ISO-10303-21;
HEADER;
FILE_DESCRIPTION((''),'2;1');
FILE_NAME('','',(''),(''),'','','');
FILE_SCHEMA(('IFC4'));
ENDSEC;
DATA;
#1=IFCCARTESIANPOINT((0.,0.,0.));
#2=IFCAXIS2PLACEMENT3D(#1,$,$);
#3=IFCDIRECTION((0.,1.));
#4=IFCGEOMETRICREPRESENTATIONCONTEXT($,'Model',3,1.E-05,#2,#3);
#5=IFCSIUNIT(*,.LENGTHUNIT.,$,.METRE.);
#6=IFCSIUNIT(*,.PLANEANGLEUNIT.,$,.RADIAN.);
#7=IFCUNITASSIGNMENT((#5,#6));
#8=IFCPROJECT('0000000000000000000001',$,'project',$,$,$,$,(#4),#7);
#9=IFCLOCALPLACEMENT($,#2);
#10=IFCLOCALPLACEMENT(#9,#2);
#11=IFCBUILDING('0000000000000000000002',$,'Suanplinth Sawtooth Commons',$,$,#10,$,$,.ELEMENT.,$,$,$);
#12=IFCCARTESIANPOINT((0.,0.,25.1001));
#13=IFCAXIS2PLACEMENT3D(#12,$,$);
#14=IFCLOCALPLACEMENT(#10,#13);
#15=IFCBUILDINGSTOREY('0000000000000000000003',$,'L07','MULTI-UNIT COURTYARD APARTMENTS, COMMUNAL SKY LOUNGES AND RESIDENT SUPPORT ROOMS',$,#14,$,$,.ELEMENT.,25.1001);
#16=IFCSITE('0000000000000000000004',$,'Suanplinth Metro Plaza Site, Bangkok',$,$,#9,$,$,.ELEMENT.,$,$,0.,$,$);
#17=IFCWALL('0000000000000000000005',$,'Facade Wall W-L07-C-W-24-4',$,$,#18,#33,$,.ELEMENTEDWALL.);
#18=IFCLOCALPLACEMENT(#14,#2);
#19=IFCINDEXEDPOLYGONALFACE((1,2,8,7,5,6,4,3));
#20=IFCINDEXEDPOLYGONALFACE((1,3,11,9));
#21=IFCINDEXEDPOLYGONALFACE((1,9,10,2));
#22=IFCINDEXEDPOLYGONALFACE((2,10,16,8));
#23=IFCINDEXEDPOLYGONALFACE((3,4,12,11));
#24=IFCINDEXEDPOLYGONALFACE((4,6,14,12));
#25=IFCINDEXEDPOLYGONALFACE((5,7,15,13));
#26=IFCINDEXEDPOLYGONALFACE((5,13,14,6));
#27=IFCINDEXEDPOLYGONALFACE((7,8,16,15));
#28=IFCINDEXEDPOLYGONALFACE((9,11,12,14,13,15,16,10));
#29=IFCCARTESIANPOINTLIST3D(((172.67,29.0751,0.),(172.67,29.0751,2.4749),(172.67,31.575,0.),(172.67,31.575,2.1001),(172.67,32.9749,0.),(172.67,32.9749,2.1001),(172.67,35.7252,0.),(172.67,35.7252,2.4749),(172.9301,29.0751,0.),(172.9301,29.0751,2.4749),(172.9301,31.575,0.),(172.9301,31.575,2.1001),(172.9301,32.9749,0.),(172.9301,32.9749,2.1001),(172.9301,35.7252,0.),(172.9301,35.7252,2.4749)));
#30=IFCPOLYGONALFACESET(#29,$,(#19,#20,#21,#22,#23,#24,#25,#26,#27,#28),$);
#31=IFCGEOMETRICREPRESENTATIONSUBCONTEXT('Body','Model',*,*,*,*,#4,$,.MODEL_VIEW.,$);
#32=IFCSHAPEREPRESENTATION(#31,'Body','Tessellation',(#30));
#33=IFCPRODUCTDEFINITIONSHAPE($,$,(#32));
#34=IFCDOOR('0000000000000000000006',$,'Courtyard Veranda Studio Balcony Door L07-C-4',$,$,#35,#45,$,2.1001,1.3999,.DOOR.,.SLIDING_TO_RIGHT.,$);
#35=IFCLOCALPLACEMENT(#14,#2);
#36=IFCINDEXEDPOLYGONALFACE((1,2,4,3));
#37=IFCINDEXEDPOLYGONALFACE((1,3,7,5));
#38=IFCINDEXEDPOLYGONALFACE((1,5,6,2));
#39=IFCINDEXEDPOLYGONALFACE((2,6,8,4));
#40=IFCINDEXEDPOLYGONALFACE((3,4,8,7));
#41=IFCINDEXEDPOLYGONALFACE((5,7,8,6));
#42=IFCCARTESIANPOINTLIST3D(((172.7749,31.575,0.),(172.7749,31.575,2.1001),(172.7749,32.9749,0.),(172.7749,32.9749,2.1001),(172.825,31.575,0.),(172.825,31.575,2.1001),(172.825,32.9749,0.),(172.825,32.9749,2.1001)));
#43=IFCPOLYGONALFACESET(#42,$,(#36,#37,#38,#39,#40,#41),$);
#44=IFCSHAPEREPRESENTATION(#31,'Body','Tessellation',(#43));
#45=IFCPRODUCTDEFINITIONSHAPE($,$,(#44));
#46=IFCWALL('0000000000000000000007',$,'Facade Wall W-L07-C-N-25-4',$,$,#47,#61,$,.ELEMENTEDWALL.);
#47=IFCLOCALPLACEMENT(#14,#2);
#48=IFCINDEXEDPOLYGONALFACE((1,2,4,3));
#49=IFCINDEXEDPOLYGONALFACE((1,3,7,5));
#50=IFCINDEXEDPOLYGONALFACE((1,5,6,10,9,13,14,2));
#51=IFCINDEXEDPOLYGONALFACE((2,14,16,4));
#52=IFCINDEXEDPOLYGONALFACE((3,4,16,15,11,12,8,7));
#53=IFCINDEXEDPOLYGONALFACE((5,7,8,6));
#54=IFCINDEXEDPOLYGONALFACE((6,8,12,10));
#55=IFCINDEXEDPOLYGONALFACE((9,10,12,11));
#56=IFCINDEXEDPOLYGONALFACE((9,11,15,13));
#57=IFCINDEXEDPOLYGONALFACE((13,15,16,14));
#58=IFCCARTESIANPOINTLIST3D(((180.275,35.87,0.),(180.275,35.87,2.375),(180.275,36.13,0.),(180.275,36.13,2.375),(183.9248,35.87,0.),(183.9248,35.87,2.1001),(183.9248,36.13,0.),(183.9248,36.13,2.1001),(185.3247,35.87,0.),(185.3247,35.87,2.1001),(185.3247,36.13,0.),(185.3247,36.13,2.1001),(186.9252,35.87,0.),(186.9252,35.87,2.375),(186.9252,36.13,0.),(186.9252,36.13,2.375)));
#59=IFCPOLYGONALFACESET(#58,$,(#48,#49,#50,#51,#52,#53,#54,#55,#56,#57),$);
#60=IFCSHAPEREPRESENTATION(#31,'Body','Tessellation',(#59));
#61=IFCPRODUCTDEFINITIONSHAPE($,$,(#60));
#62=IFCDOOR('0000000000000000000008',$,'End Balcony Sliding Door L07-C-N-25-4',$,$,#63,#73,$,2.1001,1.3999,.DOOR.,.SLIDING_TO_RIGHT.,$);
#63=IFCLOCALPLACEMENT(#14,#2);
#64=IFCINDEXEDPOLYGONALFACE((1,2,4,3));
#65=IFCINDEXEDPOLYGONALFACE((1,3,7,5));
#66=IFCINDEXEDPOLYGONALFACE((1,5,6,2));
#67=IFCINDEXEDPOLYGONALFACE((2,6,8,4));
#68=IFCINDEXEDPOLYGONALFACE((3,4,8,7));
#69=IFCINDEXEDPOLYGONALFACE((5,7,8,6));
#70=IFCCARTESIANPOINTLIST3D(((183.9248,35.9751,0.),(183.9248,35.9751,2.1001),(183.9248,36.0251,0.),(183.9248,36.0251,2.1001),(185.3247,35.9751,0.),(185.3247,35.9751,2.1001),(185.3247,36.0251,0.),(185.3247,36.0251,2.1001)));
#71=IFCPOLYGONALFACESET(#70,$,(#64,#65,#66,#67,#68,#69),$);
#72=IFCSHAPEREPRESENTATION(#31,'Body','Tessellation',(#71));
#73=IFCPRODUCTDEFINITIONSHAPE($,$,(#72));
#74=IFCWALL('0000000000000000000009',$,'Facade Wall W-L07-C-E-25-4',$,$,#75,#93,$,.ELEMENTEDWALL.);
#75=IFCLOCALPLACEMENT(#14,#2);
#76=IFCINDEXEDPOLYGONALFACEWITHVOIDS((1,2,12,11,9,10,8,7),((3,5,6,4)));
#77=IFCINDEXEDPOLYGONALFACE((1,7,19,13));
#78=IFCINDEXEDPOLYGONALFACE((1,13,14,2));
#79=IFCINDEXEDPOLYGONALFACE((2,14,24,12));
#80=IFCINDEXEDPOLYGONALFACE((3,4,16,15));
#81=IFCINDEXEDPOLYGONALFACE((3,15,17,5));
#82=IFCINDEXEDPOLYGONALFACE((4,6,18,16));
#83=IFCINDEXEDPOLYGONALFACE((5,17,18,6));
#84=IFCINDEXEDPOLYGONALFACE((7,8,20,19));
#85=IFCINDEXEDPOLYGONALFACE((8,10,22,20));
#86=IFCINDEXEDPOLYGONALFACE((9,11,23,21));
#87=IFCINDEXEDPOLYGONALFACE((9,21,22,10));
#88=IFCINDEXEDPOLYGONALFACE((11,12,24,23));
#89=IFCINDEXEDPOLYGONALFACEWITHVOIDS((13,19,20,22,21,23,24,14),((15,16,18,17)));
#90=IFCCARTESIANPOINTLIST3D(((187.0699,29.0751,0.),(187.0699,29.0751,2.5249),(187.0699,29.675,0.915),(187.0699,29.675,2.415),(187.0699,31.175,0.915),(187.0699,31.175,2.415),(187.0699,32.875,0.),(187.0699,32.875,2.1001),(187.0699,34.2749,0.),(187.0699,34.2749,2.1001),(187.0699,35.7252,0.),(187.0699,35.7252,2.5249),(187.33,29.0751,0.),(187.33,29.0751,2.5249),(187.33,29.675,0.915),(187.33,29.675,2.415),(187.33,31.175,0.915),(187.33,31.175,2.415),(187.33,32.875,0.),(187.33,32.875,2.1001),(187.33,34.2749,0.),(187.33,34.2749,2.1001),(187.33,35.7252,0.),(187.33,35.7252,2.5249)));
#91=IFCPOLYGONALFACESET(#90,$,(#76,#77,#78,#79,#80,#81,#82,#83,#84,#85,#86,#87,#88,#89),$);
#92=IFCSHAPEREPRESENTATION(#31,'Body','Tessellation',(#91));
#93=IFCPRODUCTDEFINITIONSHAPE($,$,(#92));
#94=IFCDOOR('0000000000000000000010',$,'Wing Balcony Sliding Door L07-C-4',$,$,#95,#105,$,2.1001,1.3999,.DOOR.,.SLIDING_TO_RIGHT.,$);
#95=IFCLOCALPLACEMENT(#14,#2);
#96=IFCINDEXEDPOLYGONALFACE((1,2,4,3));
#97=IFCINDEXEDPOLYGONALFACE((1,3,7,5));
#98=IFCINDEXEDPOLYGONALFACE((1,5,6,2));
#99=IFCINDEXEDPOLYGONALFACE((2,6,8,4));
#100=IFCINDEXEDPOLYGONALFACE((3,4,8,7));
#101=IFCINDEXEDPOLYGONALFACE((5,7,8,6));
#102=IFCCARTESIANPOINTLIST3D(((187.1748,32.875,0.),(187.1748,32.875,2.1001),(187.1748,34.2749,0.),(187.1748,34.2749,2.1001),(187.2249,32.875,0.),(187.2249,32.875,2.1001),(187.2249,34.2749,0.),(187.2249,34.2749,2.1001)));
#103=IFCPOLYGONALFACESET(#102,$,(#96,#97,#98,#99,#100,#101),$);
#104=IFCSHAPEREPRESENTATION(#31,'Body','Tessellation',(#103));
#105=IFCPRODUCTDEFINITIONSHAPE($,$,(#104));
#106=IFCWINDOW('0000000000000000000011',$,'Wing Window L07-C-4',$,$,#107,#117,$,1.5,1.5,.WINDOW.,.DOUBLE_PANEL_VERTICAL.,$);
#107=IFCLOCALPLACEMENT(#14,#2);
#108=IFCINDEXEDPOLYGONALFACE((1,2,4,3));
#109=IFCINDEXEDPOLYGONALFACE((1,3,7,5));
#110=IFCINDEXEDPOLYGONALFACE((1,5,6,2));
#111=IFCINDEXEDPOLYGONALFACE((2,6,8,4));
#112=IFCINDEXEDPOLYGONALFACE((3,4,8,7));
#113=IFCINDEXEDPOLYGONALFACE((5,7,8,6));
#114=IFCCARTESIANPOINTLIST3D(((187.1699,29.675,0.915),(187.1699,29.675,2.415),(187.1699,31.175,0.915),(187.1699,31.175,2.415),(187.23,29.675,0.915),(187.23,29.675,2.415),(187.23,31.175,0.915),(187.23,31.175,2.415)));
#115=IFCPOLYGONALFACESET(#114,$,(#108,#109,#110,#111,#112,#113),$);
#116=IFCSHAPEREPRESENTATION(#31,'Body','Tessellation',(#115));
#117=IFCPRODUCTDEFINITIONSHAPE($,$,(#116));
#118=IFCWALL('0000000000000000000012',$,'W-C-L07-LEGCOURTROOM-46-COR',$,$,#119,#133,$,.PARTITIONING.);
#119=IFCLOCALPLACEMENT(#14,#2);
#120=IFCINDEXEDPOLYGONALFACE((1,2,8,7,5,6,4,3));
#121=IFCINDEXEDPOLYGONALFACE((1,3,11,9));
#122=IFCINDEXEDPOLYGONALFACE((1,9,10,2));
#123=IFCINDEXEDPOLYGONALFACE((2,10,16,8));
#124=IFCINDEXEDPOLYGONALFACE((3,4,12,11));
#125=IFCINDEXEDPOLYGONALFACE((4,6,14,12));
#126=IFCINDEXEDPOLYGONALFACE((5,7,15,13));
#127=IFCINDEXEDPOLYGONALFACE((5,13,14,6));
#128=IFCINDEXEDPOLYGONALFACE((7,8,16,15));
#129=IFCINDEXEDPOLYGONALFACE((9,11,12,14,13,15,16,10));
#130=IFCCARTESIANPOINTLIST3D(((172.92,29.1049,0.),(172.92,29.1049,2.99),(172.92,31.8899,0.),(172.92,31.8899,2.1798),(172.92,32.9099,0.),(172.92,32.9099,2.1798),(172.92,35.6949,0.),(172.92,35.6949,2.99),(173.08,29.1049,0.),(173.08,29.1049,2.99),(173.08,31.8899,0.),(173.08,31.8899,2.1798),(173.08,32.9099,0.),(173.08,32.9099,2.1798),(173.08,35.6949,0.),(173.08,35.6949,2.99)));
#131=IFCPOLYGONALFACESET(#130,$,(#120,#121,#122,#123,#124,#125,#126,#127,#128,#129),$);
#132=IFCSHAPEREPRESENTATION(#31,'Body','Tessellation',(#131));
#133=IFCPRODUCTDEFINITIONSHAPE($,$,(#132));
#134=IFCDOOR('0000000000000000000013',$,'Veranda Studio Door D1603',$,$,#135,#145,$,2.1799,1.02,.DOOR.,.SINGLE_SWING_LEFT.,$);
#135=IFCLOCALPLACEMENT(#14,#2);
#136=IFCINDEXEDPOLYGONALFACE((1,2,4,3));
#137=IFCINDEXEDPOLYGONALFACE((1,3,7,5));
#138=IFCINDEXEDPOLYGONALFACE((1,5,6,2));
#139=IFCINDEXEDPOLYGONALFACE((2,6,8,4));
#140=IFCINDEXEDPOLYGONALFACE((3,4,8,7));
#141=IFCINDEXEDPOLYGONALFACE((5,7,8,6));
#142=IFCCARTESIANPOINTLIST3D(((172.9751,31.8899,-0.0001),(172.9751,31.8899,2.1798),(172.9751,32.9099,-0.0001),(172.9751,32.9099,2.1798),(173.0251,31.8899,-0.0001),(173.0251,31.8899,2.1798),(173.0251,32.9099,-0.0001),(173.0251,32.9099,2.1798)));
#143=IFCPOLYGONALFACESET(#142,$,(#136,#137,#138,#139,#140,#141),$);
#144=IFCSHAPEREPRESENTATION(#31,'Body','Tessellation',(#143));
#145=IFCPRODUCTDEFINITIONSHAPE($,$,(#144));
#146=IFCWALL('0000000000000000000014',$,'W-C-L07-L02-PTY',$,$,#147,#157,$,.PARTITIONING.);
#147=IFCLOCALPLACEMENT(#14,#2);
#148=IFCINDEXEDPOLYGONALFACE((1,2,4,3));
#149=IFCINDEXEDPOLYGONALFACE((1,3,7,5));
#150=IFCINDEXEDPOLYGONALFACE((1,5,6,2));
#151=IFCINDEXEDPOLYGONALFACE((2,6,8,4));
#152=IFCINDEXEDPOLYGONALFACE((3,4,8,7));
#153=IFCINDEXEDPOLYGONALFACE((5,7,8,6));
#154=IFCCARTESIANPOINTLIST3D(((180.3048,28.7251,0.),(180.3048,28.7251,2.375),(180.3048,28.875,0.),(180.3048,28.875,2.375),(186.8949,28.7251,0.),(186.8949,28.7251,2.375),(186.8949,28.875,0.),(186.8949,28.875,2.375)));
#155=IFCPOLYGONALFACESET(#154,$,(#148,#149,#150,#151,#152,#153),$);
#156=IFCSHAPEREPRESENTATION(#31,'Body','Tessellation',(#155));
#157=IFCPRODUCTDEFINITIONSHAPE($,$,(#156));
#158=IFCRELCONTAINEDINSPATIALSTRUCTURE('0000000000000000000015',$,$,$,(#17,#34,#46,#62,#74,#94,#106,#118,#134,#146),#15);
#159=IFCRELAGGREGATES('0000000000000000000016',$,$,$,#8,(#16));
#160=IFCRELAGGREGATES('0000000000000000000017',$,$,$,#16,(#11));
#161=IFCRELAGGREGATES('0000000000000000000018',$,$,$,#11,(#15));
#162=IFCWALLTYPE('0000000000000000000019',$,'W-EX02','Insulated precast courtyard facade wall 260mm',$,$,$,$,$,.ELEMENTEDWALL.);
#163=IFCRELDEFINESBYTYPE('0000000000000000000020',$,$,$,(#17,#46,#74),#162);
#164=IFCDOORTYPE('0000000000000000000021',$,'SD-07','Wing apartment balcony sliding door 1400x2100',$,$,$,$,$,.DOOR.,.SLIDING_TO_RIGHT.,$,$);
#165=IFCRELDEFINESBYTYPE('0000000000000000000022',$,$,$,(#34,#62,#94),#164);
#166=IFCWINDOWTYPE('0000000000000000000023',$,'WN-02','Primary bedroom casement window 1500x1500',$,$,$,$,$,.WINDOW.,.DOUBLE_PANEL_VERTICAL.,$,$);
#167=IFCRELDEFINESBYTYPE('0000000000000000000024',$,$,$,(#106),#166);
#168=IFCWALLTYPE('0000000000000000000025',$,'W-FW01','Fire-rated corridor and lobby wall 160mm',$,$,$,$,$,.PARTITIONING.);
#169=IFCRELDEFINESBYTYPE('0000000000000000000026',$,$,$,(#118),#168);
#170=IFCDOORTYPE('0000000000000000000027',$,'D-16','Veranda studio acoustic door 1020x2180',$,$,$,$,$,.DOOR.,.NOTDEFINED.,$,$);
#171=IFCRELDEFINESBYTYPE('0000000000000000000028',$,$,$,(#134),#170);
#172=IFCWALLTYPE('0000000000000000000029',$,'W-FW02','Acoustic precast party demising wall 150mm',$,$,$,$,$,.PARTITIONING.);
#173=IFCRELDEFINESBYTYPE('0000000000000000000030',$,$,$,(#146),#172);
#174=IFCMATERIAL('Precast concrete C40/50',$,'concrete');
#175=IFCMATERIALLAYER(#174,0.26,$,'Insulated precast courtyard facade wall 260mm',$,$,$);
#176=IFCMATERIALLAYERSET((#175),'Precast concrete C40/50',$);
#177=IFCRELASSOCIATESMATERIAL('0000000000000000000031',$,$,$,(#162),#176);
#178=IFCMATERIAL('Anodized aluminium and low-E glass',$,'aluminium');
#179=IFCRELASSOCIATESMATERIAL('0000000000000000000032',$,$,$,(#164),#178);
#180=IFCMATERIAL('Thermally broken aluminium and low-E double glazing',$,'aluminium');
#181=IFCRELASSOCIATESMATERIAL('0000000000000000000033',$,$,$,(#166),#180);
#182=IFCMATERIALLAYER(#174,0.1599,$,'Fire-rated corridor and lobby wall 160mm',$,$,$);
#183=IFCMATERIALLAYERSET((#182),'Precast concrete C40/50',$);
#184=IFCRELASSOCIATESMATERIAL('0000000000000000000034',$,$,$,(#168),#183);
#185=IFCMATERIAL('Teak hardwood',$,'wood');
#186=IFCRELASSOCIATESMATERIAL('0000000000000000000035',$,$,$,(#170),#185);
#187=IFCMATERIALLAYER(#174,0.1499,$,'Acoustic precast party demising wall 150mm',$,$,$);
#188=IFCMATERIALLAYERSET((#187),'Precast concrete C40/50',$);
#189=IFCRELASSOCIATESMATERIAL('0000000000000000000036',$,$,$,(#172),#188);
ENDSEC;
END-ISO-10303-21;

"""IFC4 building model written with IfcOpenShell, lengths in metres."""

from ifc_helpers import new_model, si_unit, direction, frame, frame_2d, origin, place, context, subcontext, project, spatial, rectangle, extrude, material, layer, layer_set, type_object, element, fill, save


model = new_model("IFC4")

# Units and contexts
model_context = context("Model", 3, precision=1e-05, world=origin(), true_north=direction((0.0, 1.0)))
body_context = subcontext(model_context, "Body", "Model", "MODEL_VIEW")
ifc_project = project(units=[si_unit("LENGTHUNIT", "METRE"), si_unit("PLANEANGLEUNIT", "RADIAN")], contexts=[model_context])

# Site, building, storey
site_placement = place(None, origin())
site = spatial("IfcSite", under=ifc_project, at=site_placement, Name="Suanplinth Metro Plaza Site, Bangkok", CompositionType="ELEMENT", RefElevation=0.0)
building_placement = place(site_placement, origin())
building = spatial("IfcBuilding", under=site, at=building_placement, Name="Suanplinth Sawtooth Commons", CompositionType="ELEMENT")
storey_placement = place(building_placement, frame((0.0, 0.0, 25.1001)))
storey = spatial("IfcBuildingStorey", under=building, at=storey_placement, Name="L07", Description="MULTI-UNIT COURTYARD APARTMENTS, COMMUNAL SKY LOUNGES AND RESIDENT SUPPORT ROOMS", CompositionType="ELEMENT", Elevation=25.1001)

# Shared definitions
ifc_material_1 = material(Name="Precast concrete C40/50", Category="concrete")

# Shared definitions
ifc_layer_1 = layer(ifc_material_1, 0.26, Name="Insulated precast courtyard facade wall 260mm")
ifc_layer_set_1 = layer_set([ifc_layer_1], Name="Precast concrete C40/50")
wall_type_1 = type_object("IfcWallType", Name="W-EX02", Description="Insulated precast courtyard facade wall 260mm", PredefinedType="ELEMENTEDWALL", material=ifc_layer_set_1)
ifc_material_2 = material(Name="Thermally broken aluminium and low-E double glazing", Category="aluminium")

# Walls, openings, doors
wall_1_placement = place(storey_placement, frame((172.8, 29.075, 0.0), z_axis=(0.0, 0.0, 1.0), x_axis=(0.0, 1.0, 0.0)))
wall_1 = element("IfcWall", 1, at=wall_1_placement, inside=storey, type_object=wall_type_1, Name="Facade Wall W-L07-C-W-24-4", PredefinedType="ELEMENTEDWALL", context=body_context, shape_type="SweptSolid", body=[
    extrude(rectangle(XDim=6.6501, YDim=0.26, at=frame_2d((3.3252, 0.0))), origin(), (0.0, 0.0, 1.0), 2.4749),
])
opening_1_placement = place(wall_1_placement, frame((2.5, 0.0, 0.0)))
opening_1 = element("IfcOpeningElement", 2, at=opening_1_placement, cuts=wall_1, PredefinedType="OPENING", context=body_context, shape_type="SweptSolid", body=[
    extrude(rectangle(XDim=1.3999, YDim=2.1001, at=frame_2d((0.7, 1.05))), frame((0.0, 0.145, 0.0), z_axis=(0.0, -1.0, 0.0), x_axis=(1.0, 0.0, 0.0)), (0.0, 0.0, 1.0), 0.2898),
])
ifc_material_3 = material(Name="Anodized aluminium and low-E glass", Category="aluminium")
door_type_1 = type_object("IfcDoorType", Name="SD-07", Description="Wing apartment balcony sliding door 1400x2100", OperationType="SLIDING_TO_RIGHT", PredefinedType="DOOR", material=ifc_material_3)
door_1_placement = place(opening_1_placement, frame((1.3999, 0.0, 0.0), z_axis=(0.0, 0.0, 1.0), x_axis=(-1.0, 0.0, 0.0)))
door_1 = element("IfcDoor", 3, at=door_1_placement, inside=storey, type_object=door_type_1, Name="Courtyard Veranda Studio Balcony Door L07-C-4", OperationType="SLIDING_TO_RIGHT", OverallHeight=2.1001, OverallWidth=1.3999, PredefinedType="DOOR", context=body_context, shape_type="SweptSolid", body=[
    extrude(rectangle(XDim=1.3999, YDim=2.1001, at=frame_2d((0.7, 1.05))), frame((0.0, 0.0249, 0.0), z_axis=(0.0, -1.0, 0.0), x_axis=(1.0, 0.0, 0.0)), (0.0, 0.0, 1.0), 0.05),
])
fill(opening_1, door_1)
wall_2_placement = place(storey_placement, frame((180.2749, 36.0, 0.0), z_axis=(0.0, 0.0, 1.0), x_axis=(1.0, 0.0, 0.0)))
wall_2 = element("IfcWall", 4, at=wall_2_placement, inside=storey, type_object=wall_type_1, Name="Facade Wall W-L07-C-N-25-4", PredefinedType="ELEMENTEDWALL", context=body_context, shape_type="SweptSolid", body=[
    extrude(rectangle(XDim=6.6501, YDim=0.26, at=frame_2d((3.3252, 0.0))), origin(), (0.0, 0.0, 1.0), 2.375),
])
opening_2_placement = place(wall_2_placement, frame((3.6499, 0.0, 0.0)))
opening_2 = element("IfcOpeningElement", 5, at=opening_2_placement, cuts=wall_2, PredefinedType="OPENING", context=body_context, shape_type="SweptSolid", body=[
    extrude(rectangle(XDim=1.3999, YDim=2.1001, at=frame_2d((0.7, 1.05))), frame((0.0, 0.145, 0.0), z_axis=(0.0, -1.0, 0.0), x_axis=(1.0, 0.0, 0.0)), (0.0, 0.0, 1.0), 0.2898),
])
door_2_placement = place(opening_2_placement, frame((1.3999, 0.0, 0.0), z_axis=(0.0, 0.0, 1.0), x_axis=(-1.0, 0.0, 0.0)))
door_2 = element("IfcDoor", 6, at=door_2_placement, inside=storey, type_object=door_type_1, Name="End Balcony Sliding Door L07-C-N-25-4", OperationType="SLIDING_TO_RIGHT", OverallHeight=2.1001, OverallWidth=1.3999, PredefinedType="DOOR", context=body_context, shape_type="SweptSolid", body=[
    extrude(rectangle(XDim=1.3999, YDim=2.1001, at=frame_2d((0.7, 1.05))), frame((0.0, 0.0249, 0.0), z_axis=(0.0, -1.0, 0.0), x_axis=(1.0, 0.0, 0.0)), (0.0, 0.0, 1.0), 0.05),
])
fill(opening_2, door_2)

# Wall, openings, door, window
wall_3_placement = place(storey_placement, frame((187.2, 29.075, 0.0), z_axis=(0.0, 0.0, 1.0), x_axis=(0.0, 1.0, 0.0)))
wall_3 = element("IfcWall", 7, at=wall_3_placement, inside=storey, type_object=wall_type_1, Name="Facade Wall W-L07-C-E-25-4", PredefinedType="ELEMENTEDWALL", context=body_context, shape_type="SweptSolid", body=[
    extrude(rectangle(XDim=6.6501, YDim=0.26, at=frame_2d((3.3252, 0.0))), origin(), (0.0, 0.0, 1.0), 2.5249),
])
opening_3_placement = place(wall_3_placement, frame((3.8, 0.0, 0.0)))
opening_3 = element("IfcOpeningElement", 8, at=opening_3_placement, cuts=wall_3, PredefinedType="OPENING", context=body_context, shape_type="SweptSolid", body=[
    extrude(rectangle(XDim=1.3999, YDim=2.1001, at=frame_2d((0.7, 1.05))), frame((0.0, 0.145, 0.0), z_axis=(0.0, -1.0, 0.0), x_axis=(1.0, 0.0, 0.0)), (0.0, 0.0, 1.0), 0.2898),
])
opening_4_placement = place(wall_3_placement, frame((0.6001, 0.0, 0.915)))
opening_4 = element("IfcOpeningElement", 9, at=opening_4_placement, cuts=wall_3, PredefinedType="OPENING", context=body_context, shape_type="SweptSolid", body=[
    extrude(rectangle(XDim=1.5, YDim=1.5, at=frame_2d((0.75, 0.75))), frame((0.0, 0.145, 0.0), z_axis=(0.0, -1.0, 0.0), x_axis=(1.0, 0.0, 0.0)), (0.0, 0.0, 1.0), 0.2898),
])
door_3_placement = place(opening_3_placement, frame((1.3999, 0.0, 0.0), z_axis=(0.0, 0.0, 1.0), x_axis=(-1.0, 0.0, 0.0)))
door_3 = element("IfcDoor", 10, at=door_3_placement, inside=storey, type_object=door_type_1, Name="Wing Balcony Sliding Door L07-C-4", OperationType="SLIDING_TO_RIGHT", OverallHeight=2.1001, OverallWidth=1.3999, PredefinedType="DOOR", context=body_context, shape_type="SweptSolid", body=[
    extrude(rectangle(XDim=1.3999, YDim=2.1001, at=frame_2d((0.7, 1.05))), frame((0.0, 0.0249, 0.0), z_axis=(0.0, -1.0, 0.0), x_axis=(1.0, 0.0, 0.0)), (0.0, 0.0, 1.0), 0.05),
])
fill(opening_3, door_3)
window_type_1 = type_object("IfcWindowType", Name="WN-02", Description="Primary bedroom casement window 1500x1500", PartitioningType="DOUBLE_PANEL_VERTICAL", PredefinedType="WINDOW", material=ifc_material_2)
window_1_placement = place(opening_4_placement, origin())
window_1 = element("IfcWindow", 11, at=window_1_placement, inside=storey, type_object=window_type_1, Name="Wing Window L07-C-4", OverallHeight=1.5, OverallWidth=1.5, PartitioningType="DOUBLE_PANEL_VERTICAL", PredefinedType="WINDOW", context=body_context, shape_type="SweptSolid", body=[
    extrude(rectangle(XDim=1.5, YDim=1.5, at=frame_2d((0.75, 0.75))), frame((0.0, 0.03, 0.0), z_axis=(0.0, -1.0, 0.0), x_axis=(1.0, 0.0, 0.0)), (0.0, 0.0, 1.0), 0.0601),
])
fill(opening_4, window_1)

# Wall, opening, door
ifc_layer_2 = layer(ifc_material_1, 0.1599, Name="Fire-rated corridor and lobby wall 160mm")
ifc_layer_set_2 = layer_set([ifc_layer_2], Name="Precast concrete C40/50")
wall_type_2 = type_object("IfcWallType", Name="W-FW01", Description="Fire-rated corridor and lobby wall 160mm", PredefinedType="PARTITIONING", material=ifc_layer_set_2)
wall_4_placement = place(storey_placement, frame((173.0, 29.105, 0.0), z_axis=(0.0, 0.0, 1.0), x_axis=(0.0, 1.0, 0.0)))
wall_4 = element("IfcWall", 12, at=wall_4_placement, inside=storey, type_object=wall_type_2, Name="W-C-L07-LEGCOURTROOM-46-COR", PredefinedType="PARTITIONING", context=body_context, shape_type="SweptSolid", body=[
    extrude(rectangle(XDim=6.5901, YDim=0.1599, at=frame_2d((3.2949, 0.0))), origin(), (0.0, 0.0, 1.0), 2.99),
])
opening_5_placement = place(wall_4_placement, frame((2.7849, 0.0, 0.0)))
opening_5 = element("IfcOpeningElement", 13, at=opening_5_placement, cuts=wall_4, PredefinedType="OPENING", context=body_context, shape_type="SweptSolid", body=[
    extrude(rectangle(XDim=1.02, YDim=2.1799, at=frame_2d((0.51, 1.0898))), frame((0.0, 0.0947, 0.0), z_axis=(0.0, -1.0, 0.0), x_axis=(1.0, 0.0, 0.0)), (0.0, 0.0, 1.0), 0.1897),
])
ifc_material_4 = material(Name="Teak hardwood", Category="wood")
door_type_2 = type_object("IfcDoorType", Name="D-16", Description="Veranda studio acoustic door 1020x2180", OperationType="NOTDEFINED", PredefinedType="DOOR", material=ifc_material_4)
door_4_placement = place(opening_5_placement, origin())
door_4 = element("IfcDoor", 14, at=door_4_placement, inside=storey, type_object=door_type_2, Name="Veranda Studio Door D1603", OperationType="SINGLE_SWING_LEFT", OverallHeight=2.1799, OverallWidth=1.02, PredefinedType="DOOR", context=body_context, shape_type="SweptSolid", body=[
    extrude(rectangle(XDim=1.02, YDim=2.1799, at=frame_2d((0.51, 1.0898))), frame((0.0, 0.0249, 0.0), z_axis=(0.0, -1.0, 0.0), x_axis=(1.0, 0.0, 0.0)), (0.0, 0.0, 1.0), 0.05),
])
fill(opening_5, door_4)

# Wall
ifc_layer_3 = layer(ifc_material_1, 0.1499, Name="Acoustic precast party demising wall 150mm")
ifc_layer_set_3 = layer_set([ifc_layer_3], Name="Precast concrete C40/50")
wall_type_3 = type_object("IfcWallType", Name="W-FW02", Description="Acoustic precast party demising wall 150mm", PredefinedType="PARTITIONING", material=ifc_layer_set_3)
wall_5_placement = place(storey_placement, frame((180.3049, 28.8, 0.0), z_axis=(0.0, 0.0, 1.0), x_axis=(1.0, 0.0, 0.0)))
element("IfcWall", 15, at=wall_5_placement, inside=storey, type_object=wall_type_3, Name="W-C-L07-L02-PTY", PredefinedType="PARTITIONING", context=body_context, shape_type="SweptSolid", body=[
    extrude(rectangle(XDim=6.5901, YDim=0.1499, at=frame_2d((3.2949, 0.0))), origin(), (0.0, 0.0, 1.0), 2.375),
])

save(model, "model.ifc")
